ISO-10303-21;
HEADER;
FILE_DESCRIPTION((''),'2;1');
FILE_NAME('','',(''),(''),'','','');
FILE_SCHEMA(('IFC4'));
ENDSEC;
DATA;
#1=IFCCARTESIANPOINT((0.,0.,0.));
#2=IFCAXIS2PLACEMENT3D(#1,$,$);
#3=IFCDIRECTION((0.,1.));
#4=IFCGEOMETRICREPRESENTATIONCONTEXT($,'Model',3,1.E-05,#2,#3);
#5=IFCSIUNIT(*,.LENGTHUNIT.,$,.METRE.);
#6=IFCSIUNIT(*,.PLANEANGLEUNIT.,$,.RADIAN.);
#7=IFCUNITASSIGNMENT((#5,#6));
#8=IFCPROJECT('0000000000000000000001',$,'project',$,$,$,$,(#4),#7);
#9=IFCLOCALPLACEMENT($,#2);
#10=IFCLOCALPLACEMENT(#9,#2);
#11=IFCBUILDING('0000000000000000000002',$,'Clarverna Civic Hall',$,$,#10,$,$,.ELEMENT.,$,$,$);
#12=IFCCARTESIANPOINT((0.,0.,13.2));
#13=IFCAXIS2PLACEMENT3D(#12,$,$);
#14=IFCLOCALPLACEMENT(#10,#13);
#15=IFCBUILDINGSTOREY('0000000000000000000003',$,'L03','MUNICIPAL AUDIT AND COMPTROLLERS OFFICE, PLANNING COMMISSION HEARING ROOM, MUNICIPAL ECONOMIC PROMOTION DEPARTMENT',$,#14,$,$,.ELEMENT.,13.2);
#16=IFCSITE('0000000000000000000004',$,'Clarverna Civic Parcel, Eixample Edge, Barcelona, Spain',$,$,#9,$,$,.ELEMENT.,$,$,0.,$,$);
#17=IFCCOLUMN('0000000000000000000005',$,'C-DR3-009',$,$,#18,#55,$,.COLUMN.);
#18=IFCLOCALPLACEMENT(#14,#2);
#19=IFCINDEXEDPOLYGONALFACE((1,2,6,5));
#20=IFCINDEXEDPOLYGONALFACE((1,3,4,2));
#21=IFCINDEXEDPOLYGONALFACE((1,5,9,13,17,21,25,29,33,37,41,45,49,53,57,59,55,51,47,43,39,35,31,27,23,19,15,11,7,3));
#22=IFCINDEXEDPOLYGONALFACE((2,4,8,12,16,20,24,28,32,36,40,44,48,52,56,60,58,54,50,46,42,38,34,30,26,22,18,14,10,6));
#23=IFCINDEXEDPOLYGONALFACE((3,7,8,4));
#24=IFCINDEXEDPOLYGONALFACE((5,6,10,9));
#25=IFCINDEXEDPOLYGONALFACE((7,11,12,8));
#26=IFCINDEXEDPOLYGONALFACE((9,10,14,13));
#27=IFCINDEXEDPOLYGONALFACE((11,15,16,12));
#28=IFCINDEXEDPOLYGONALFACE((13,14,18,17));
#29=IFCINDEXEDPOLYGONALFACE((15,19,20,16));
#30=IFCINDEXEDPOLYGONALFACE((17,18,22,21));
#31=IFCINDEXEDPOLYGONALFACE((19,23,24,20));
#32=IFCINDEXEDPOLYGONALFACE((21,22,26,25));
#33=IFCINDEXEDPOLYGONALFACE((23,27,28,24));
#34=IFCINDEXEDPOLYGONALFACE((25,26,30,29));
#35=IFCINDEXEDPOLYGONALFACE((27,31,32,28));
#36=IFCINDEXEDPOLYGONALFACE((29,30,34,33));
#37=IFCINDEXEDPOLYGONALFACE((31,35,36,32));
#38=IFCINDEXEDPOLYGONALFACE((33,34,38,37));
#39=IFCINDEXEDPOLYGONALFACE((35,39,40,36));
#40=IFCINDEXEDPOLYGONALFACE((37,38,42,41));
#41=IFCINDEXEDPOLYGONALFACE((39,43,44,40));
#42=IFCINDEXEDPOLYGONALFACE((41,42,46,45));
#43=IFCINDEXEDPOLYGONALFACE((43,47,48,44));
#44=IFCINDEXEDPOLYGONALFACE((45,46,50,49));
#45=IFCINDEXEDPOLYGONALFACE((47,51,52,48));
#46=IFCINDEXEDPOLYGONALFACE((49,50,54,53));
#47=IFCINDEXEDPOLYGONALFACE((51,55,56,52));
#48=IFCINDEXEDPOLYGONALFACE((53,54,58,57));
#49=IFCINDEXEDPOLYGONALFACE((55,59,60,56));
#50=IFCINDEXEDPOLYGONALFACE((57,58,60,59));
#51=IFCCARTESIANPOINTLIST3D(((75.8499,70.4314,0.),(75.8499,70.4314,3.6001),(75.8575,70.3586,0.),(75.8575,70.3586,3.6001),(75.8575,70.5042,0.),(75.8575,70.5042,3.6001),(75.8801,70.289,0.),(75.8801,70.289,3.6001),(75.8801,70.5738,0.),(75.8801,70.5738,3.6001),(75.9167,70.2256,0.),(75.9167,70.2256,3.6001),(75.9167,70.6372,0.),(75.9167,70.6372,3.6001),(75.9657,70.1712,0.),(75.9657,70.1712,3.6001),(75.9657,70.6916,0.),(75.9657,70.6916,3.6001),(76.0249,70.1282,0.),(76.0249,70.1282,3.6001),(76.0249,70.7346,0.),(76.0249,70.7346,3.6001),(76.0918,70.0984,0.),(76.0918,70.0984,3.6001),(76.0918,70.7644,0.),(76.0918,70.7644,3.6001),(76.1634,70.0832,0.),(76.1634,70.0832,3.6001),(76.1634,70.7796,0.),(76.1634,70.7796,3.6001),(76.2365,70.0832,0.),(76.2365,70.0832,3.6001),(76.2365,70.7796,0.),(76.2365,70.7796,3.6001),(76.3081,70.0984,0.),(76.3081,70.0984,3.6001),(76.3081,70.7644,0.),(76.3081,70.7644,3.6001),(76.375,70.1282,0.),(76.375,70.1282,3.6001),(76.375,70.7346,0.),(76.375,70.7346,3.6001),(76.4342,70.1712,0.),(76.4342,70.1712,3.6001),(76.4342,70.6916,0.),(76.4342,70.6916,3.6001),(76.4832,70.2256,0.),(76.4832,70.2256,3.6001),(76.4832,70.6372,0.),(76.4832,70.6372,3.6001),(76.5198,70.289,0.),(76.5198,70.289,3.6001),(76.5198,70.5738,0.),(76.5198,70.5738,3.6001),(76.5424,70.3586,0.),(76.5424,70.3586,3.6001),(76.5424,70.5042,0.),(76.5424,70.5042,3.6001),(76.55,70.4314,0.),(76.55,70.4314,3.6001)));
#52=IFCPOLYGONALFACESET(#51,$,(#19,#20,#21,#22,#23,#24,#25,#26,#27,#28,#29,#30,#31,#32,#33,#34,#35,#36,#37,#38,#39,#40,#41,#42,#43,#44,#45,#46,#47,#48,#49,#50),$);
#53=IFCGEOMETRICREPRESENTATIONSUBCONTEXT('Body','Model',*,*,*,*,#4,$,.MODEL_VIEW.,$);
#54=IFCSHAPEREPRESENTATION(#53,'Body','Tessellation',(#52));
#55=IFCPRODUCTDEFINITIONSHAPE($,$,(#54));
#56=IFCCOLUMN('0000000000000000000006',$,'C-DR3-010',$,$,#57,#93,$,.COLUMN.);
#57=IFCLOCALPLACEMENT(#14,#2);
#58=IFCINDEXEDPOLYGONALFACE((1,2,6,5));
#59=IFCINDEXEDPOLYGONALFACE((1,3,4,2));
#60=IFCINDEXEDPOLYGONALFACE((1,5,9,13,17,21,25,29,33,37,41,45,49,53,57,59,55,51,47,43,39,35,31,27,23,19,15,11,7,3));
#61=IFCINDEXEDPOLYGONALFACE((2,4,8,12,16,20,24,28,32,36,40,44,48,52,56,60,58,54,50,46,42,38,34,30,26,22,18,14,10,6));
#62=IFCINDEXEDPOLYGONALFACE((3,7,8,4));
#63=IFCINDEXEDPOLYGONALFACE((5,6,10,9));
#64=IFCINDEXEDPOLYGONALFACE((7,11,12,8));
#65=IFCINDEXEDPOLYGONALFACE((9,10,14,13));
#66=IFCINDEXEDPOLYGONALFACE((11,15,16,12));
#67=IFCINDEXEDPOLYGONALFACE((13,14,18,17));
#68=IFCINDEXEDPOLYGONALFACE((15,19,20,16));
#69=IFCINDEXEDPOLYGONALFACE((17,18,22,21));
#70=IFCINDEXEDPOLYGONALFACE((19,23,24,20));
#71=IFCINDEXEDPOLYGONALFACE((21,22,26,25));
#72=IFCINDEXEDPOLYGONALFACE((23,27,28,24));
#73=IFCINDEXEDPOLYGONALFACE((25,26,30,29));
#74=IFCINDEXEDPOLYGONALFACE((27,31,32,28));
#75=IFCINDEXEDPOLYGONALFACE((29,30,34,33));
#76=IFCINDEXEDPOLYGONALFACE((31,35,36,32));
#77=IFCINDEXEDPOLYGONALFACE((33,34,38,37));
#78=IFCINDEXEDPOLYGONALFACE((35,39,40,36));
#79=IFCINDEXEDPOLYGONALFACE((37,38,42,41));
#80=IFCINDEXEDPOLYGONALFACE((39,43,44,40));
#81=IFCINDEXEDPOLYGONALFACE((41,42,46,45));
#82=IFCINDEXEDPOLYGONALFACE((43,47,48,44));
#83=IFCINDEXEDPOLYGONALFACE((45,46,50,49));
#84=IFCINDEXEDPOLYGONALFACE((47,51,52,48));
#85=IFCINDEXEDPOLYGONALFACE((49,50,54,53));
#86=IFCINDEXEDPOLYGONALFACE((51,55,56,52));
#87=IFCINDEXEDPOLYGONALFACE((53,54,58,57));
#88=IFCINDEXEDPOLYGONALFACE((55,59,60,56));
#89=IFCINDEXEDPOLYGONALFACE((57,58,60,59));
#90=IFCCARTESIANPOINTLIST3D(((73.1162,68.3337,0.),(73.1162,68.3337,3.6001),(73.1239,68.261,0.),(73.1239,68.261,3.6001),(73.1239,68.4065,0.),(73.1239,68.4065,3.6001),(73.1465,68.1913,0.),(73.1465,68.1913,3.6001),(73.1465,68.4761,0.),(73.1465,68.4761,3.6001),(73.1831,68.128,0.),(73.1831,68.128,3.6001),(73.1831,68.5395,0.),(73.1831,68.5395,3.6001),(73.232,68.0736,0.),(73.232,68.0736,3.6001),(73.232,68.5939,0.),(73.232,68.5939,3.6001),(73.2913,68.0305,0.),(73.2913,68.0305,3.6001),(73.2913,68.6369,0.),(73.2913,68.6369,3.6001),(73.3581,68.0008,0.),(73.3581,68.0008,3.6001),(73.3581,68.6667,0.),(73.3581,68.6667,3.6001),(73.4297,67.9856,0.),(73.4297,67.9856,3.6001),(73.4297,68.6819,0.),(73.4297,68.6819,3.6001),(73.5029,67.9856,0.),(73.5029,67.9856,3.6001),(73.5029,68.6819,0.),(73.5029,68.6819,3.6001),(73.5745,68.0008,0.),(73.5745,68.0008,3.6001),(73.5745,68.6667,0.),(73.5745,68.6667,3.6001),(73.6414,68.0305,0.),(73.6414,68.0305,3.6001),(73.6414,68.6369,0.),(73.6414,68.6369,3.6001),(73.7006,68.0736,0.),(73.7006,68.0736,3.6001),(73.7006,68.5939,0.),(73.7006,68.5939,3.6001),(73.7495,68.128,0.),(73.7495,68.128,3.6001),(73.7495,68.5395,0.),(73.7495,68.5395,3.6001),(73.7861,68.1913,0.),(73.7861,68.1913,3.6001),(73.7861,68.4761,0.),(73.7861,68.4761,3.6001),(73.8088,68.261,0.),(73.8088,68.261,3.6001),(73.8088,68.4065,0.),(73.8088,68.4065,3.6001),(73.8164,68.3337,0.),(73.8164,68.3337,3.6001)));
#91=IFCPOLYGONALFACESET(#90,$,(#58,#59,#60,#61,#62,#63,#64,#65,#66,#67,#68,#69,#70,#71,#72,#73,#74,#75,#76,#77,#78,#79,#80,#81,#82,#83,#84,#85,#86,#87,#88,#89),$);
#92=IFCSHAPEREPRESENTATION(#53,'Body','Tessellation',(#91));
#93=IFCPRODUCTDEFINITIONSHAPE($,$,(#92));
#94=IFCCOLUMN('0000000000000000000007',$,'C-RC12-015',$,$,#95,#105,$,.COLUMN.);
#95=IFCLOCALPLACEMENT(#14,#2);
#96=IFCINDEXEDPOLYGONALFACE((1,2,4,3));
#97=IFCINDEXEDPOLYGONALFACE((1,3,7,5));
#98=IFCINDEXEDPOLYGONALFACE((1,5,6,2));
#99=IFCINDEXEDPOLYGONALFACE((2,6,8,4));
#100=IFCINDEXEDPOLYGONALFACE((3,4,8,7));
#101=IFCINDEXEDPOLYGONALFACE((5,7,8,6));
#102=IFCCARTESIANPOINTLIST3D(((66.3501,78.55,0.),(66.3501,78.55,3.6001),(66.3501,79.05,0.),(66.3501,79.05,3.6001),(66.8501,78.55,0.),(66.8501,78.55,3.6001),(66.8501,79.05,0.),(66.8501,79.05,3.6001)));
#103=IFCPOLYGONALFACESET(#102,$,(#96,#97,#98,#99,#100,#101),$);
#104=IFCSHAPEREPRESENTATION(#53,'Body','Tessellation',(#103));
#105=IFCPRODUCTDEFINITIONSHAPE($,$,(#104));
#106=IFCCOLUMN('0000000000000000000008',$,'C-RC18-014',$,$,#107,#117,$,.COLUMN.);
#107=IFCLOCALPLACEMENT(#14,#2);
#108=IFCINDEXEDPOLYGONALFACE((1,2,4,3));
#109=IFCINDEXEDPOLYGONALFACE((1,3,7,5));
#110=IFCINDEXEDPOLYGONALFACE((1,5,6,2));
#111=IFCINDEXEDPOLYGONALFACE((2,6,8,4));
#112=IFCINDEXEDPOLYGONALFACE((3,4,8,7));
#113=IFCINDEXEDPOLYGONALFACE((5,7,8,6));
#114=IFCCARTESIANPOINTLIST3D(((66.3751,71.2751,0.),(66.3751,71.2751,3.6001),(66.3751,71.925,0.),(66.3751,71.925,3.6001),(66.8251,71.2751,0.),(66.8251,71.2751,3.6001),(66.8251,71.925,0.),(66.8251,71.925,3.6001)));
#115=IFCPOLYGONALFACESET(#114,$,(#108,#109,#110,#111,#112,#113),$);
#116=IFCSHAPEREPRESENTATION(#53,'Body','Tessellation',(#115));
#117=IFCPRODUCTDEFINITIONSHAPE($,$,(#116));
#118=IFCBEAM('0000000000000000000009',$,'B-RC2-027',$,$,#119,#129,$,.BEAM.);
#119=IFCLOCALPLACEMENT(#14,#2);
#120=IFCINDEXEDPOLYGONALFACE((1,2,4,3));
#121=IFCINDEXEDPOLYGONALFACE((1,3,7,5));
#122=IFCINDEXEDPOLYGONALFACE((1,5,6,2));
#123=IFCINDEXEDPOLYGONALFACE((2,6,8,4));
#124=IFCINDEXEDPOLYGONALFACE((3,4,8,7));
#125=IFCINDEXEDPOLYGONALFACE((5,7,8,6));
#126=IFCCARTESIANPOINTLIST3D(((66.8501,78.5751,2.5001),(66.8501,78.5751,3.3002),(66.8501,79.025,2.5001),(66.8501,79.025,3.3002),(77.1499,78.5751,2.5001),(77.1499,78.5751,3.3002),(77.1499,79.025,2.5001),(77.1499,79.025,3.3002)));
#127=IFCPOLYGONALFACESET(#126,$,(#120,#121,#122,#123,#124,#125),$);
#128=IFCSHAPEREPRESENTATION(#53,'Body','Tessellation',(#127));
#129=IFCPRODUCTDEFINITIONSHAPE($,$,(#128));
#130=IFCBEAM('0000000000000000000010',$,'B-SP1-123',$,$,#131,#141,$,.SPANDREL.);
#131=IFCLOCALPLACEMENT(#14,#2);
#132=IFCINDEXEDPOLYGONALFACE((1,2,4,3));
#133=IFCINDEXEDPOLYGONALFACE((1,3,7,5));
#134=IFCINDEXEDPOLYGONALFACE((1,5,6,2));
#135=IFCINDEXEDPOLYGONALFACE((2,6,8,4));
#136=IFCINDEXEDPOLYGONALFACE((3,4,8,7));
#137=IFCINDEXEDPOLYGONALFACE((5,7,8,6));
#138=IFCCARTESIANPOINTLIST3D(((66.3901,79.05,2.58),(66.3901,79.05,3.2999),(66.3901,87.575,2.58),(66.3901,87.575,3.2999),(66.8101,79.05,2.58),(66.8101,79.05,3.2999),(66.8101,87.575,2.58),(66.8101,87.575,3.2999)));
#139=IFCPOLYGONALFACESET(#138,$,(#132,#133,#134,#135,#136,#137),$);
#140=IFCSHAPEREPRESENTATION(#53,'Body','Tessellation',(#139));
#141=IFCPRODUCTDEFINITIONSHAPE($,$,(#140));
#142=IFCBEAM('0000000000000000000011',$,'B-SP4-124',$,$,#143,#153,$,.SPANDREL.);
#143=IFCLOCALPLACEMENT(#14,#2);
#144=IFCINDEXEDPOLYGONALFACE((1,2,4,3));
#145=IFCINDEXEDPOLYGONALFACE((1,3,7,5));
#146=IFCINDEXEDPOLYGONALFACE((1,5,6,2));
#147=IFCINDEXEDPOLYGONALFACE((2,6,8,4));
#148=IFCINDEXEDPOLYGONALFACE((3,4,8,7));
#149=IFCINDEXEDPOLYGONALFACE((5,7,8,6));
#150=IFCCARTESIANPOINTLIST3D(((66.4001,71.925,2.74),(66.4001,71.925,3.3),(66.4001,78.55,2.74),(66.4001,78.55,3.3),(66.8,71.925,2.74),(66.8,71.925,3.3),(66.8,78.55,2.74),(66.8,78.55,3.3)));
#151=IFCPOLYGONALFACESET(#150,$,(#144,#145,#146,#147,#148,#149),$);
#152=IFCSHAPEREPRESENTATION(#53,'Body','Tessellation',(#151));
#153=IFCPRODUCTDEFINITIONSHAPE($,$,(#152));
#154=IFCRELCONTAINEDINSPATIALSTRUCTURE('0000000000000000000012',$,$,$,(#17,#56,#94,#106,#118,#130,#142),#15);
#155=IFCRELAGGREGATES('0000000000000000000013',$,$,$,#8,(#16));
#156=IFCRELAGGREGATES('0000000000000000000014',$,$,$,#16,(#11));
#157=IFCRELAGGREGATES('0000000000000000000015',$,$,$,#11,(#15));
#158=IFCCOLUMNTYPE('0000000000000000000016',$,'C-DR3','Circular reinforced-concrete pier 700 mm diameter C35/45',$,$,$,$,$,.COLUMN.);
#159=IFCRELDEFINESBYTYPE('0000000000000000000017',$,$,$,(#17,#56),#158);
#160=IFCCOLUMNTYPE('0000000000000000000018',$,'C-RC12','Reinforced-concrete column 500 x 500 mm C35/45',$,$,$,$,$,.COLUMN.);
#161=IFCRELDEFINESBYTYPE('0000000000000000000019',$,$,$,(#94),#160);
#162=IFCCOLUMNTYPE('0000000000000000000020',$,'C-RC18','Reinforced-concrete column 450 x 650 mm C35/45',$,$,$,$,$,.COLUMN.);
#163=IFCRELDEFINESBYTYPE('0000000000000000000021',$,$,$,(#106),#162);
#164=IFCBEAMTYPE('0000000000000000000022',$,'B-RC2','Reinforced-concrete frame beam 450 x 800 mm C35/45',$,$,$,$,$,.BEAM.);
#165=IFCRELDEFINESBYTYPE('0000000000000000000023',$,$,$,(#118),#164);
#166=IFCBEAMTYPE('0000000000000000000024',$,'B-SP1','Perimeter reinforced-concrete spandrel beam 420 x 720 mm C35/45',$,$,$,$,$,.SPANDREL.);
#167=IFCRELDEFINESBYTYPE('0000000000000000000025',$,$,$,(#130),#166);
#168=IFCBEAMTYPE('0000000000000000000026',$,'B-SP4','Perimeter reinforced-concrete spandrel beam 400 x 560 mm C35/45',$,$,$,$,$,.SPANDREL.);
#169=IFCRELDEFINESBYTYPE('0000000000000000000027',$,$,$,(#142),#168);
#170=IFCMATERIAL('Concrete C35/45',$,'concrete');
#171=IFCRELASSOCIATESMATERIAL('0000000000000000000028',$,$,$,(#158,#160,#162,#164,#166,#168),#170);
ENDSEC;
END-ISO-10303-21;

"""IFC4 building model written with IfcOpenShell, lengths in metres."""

from ifc_helpers import new_model, si_unit, direction, frame, origin, origin_2d, place, context, subcontext, project, spatial, rectangle, circle, extrude, material, material_profile, profile_set, type_object, element, save


model = new_model("IFC4")

# Units and contexts
model_context = context("Model", 3, precision=1e-05, world=origin(), true_north=direction((0.0, 1.0)))
body_context = subcontext(model_context, "Body", "Model", "MODEL_VIEW")
ifc_project = project(units=[si_unit("LENGTHUNIT", "METRE"), si_unit("PLANEANGLEUNIT", "RADIAN")], contexts=[model_context])

# Site, building, storey
site_placement = place(None, origin())
site = spatial("IfcSite", under=ifc_project, at=site_placement, Name="Clarverna Civic Parcel, Eixample Edge, Barcelona, Spain", CompositionType="ELEMENT", RefElevation=0.0)
building_placement = place(site_placement, origin())
building = spatial("IfcBuilding", under=site, at=building_placement, Name="Clarverna Civic Hall", CompositionType="ELEMENT")
storey_placement = place(building_placement, frame((0.0, 0.0, 13.2)))
storey = spatial("IfcBuildingStorey", under=building, at=storey_placement, Name="L03", Description="MUNICIPAL AUDIT AND COMPTROLLERS OFFICE, PLANNING COMMISSION HEARING ROOM, MUNICIPAL ECONOMIC PROMOTION DEPARTMENT", CompositionType="ELEMENT", Elevation=13.2)

# Columns
ifc_material_1 = material(Name="Concrete C35/45", Category="concrete")
ifc_material_profile_1 = material_profile(ifc_material_1, circle(Radius=0.3501, at=origin_2d()), Name="RC D700")
ifc_profile_set_1 = profile_set([ifc_material_profile_1], Name="Concrete C35/45")
column_type_1 = type_object("IfcColumnType", Name="C-DR3", Description="Circular reinforced-concrete pier 700 mm diameter C35/45", PredefinedType="COLUMN", material=ifc_profile_set_1)
for number, where, z_axis, x_axis, name in (
    (1, (76.2, 70.4314, 0.0), (0.0, 0.0, 1.0), (1.0, 0.0, 0.0), "C-DR3-009"),
    (2, (73.4663, 68.3337, 0.0), (0.0, 0.0, 1.0), (1.0, 0.0, 0.0), "C-DR3-010"),
):
    element("IfcColumn", number, at=place(storey_placement, frame(where, z_axis=z_axis, x_axis=x_axis)), inside=storey, type_object=column_type_1, Name=name, PredefinedType="COLUMN", context=body_context, shape_type="SweptSolid", body=[
        extrude(circle(Radius=0.3501, at=origin_2d()), origin(), (0.0, 0.0, 1.0), 3.6001),
    ])
ifc_material_profile_2 = material_profile(ifc_material_1, rectangle(XDim=0.5, YDim=0.5, at=origin_2d()), Name="RC 500x500")
ifc_profile_set_2 = profile_set([ifc_material_profile_2], Name="Concrete C35/45")
column_type_2 = type_object("IfcColumnType", Name="C-RC12", Description="Reinforced-concrete column 500 x 500 mm C35/45", PredefinedType="COLUMN", material=ifc_profile_set_2)
column_1_placement = place(storey_placement, frame((66.6001, 78.8, 0.0), z_axis=(0.0, 0.0, 1.0), x_axis=(1.0, 0.0, 0.0)))
element("IfcColumn", 3, at=column_1_placement, inside=storey, type_object=column_type_2, Name="C-RC12-015", PredefinedType="COLUMN", context=body_context, shape_type="SweptSolid", body=[
    extrude(rectangle(XDim=0.5, YDim=0.5, at=origin_2d()), origin(), (0.0, 0.0, 1.0), 3.6001),
])
ifc_material_profile_3 = material_profile(ifc_material_1, rectangle(XDim=0.45, YDim=0.6499, at=origin_2d()), Name="RC 450x650")
ifc_profile_set_3 = profile_set([ifc_material_profile_3], Name="Concrete C35/45")
column_type_3 = type_object("IfcColumnType", Name="C-RC18", Description="Reinforced-concrete column 450 x 650 mm C35/45", PredefinedType="COLUMN", material=ifc_profile_set_3)
column_2_placement = place(storey_placement, frame((66.6001, 71.6001, 0.0), z_axis=(0.0, 0.0, 1.0), x_axis=(1.0, 0.0, 0.0)))
element("IfcColumn", 4, at=column_2_placement, inside=storey, type_object=column_type_3, Name="C-RC18-014", PredefinedType="COLUMN", context=body_context, shape_type="SweptSolid", body=[
    extrude(rectangle(XDim=0.45, YDim=0.6499, at=origin_2d()), origin(), (0.0, 0.0, 1.0), 3.6001),
])

# Beams
ifc_material_profile_4 = material_profile(ifc_material_1, rectangle(XDim=0.45, YDim=0.8, at=origin_2d()), Name="RC 450x800")
ifc_profile_set_4 = profile_set([ifc_material_profile_4], Name="Concrete C35/45")
beam_type_1 = type_object("IfcBeamType", Name="B-RC2", Description="Reinforced-concrete frame beam 450 x 800 mm C35/45", PredefinedType="BEAM", material=ifc_profile_set_4)
beam_1_placement = place(storey_placement, frame((66.8501, 78.8, 2.9001), z_axis=(1.0, 0.0, 0.0), x_axis=(0.0, 1.0, 0.0)))
element("IfcBeam", 5, at=beam_1_placement, inside=storey, type_object=beam_type_1, Name="B-RC2-027", PredefinedType="BEAM", context=body_context, shape_type="SweptSolid", body=[
    extrude(rectangle(XDim=0.45, YDim=0.8, at=origin_2d()), origin(), (0.0, 0.0, 1.0), 10.2998),
])
ifc_material_profile_5 = material_profile(ifc_material_1, rectangle(XDim=0.4199, YDim=0.72, at=origin_2d()), Name="RC 420x720")
ifc_profile_set_5 = profile_set([ifc_material_profile_5], Name="Concrete C35/45")
beam_type_2 = type_object("IfcBeamType", Name="B-SP1", Description="Perimeter reinforced-concrete spandrel beam 420 x 720 mm C35/45", PredefinedType="SPANDREL", material=ifc_profile_set_5)
beam_2_placement = place(storey_placement, frame((66.6001, 79.05, 2.9399), z_axis=(0.0, 1.0, 0.0), x_axis=(-1.0, 0.0, 0.0)))
element("IfcBeam", 6, at=beam_2_placement, inside=storey, type_object=beam_type_2, Name="B-SP1-123", PredefinedType="SPANDREL", context=body_context, shape_type="SweptSolid", body=[
    extrude(rectangle(XDim=0.4199, YDim=0.72, at=origin_2d()), origin(), (0.0, 0.0, 1.0), 8.5249),
])
ifc_material_profile_6 = material_profile(ifc_material_1, rectangle(XDim=0.3999, YDim=0.5601, at=origin_2d()), Name="RC 400x560")
ifc_profile_set_6 = profile_set([ifc_material_profile_6], Name="Concrete C35/45")
beam_type_3 = type_object("IfcBeamType", Name="B-SP4", Description="Perimeter reinforced-concrete spandrel beam 400 x 560 mm C35/45", PredefinedType="SPANDREL", material=ifc_profile_set_6)
beam_3_placement = place(storey_placement, frame((66.6001, 71.925, 3.02), z_axis=(0.0, 1.0, 0.0), x_axis=(-1.0, 0.0, 0.0)))
element("IfcBeam", 7, at=beam_3_placement, inside=storey, type_object=beam_type_3, Name="B-SP4-124", PredefinedType="SPANDREL", context=body_context, shape_type="SweptSolid", body=[
    extrude(rectangle(XDim=0.3999, YDim=0.5601, at=origin_2d()), origin(), (0.0, 0.0, 1.0), 6.625),
])

save(model, "model.ifc")
